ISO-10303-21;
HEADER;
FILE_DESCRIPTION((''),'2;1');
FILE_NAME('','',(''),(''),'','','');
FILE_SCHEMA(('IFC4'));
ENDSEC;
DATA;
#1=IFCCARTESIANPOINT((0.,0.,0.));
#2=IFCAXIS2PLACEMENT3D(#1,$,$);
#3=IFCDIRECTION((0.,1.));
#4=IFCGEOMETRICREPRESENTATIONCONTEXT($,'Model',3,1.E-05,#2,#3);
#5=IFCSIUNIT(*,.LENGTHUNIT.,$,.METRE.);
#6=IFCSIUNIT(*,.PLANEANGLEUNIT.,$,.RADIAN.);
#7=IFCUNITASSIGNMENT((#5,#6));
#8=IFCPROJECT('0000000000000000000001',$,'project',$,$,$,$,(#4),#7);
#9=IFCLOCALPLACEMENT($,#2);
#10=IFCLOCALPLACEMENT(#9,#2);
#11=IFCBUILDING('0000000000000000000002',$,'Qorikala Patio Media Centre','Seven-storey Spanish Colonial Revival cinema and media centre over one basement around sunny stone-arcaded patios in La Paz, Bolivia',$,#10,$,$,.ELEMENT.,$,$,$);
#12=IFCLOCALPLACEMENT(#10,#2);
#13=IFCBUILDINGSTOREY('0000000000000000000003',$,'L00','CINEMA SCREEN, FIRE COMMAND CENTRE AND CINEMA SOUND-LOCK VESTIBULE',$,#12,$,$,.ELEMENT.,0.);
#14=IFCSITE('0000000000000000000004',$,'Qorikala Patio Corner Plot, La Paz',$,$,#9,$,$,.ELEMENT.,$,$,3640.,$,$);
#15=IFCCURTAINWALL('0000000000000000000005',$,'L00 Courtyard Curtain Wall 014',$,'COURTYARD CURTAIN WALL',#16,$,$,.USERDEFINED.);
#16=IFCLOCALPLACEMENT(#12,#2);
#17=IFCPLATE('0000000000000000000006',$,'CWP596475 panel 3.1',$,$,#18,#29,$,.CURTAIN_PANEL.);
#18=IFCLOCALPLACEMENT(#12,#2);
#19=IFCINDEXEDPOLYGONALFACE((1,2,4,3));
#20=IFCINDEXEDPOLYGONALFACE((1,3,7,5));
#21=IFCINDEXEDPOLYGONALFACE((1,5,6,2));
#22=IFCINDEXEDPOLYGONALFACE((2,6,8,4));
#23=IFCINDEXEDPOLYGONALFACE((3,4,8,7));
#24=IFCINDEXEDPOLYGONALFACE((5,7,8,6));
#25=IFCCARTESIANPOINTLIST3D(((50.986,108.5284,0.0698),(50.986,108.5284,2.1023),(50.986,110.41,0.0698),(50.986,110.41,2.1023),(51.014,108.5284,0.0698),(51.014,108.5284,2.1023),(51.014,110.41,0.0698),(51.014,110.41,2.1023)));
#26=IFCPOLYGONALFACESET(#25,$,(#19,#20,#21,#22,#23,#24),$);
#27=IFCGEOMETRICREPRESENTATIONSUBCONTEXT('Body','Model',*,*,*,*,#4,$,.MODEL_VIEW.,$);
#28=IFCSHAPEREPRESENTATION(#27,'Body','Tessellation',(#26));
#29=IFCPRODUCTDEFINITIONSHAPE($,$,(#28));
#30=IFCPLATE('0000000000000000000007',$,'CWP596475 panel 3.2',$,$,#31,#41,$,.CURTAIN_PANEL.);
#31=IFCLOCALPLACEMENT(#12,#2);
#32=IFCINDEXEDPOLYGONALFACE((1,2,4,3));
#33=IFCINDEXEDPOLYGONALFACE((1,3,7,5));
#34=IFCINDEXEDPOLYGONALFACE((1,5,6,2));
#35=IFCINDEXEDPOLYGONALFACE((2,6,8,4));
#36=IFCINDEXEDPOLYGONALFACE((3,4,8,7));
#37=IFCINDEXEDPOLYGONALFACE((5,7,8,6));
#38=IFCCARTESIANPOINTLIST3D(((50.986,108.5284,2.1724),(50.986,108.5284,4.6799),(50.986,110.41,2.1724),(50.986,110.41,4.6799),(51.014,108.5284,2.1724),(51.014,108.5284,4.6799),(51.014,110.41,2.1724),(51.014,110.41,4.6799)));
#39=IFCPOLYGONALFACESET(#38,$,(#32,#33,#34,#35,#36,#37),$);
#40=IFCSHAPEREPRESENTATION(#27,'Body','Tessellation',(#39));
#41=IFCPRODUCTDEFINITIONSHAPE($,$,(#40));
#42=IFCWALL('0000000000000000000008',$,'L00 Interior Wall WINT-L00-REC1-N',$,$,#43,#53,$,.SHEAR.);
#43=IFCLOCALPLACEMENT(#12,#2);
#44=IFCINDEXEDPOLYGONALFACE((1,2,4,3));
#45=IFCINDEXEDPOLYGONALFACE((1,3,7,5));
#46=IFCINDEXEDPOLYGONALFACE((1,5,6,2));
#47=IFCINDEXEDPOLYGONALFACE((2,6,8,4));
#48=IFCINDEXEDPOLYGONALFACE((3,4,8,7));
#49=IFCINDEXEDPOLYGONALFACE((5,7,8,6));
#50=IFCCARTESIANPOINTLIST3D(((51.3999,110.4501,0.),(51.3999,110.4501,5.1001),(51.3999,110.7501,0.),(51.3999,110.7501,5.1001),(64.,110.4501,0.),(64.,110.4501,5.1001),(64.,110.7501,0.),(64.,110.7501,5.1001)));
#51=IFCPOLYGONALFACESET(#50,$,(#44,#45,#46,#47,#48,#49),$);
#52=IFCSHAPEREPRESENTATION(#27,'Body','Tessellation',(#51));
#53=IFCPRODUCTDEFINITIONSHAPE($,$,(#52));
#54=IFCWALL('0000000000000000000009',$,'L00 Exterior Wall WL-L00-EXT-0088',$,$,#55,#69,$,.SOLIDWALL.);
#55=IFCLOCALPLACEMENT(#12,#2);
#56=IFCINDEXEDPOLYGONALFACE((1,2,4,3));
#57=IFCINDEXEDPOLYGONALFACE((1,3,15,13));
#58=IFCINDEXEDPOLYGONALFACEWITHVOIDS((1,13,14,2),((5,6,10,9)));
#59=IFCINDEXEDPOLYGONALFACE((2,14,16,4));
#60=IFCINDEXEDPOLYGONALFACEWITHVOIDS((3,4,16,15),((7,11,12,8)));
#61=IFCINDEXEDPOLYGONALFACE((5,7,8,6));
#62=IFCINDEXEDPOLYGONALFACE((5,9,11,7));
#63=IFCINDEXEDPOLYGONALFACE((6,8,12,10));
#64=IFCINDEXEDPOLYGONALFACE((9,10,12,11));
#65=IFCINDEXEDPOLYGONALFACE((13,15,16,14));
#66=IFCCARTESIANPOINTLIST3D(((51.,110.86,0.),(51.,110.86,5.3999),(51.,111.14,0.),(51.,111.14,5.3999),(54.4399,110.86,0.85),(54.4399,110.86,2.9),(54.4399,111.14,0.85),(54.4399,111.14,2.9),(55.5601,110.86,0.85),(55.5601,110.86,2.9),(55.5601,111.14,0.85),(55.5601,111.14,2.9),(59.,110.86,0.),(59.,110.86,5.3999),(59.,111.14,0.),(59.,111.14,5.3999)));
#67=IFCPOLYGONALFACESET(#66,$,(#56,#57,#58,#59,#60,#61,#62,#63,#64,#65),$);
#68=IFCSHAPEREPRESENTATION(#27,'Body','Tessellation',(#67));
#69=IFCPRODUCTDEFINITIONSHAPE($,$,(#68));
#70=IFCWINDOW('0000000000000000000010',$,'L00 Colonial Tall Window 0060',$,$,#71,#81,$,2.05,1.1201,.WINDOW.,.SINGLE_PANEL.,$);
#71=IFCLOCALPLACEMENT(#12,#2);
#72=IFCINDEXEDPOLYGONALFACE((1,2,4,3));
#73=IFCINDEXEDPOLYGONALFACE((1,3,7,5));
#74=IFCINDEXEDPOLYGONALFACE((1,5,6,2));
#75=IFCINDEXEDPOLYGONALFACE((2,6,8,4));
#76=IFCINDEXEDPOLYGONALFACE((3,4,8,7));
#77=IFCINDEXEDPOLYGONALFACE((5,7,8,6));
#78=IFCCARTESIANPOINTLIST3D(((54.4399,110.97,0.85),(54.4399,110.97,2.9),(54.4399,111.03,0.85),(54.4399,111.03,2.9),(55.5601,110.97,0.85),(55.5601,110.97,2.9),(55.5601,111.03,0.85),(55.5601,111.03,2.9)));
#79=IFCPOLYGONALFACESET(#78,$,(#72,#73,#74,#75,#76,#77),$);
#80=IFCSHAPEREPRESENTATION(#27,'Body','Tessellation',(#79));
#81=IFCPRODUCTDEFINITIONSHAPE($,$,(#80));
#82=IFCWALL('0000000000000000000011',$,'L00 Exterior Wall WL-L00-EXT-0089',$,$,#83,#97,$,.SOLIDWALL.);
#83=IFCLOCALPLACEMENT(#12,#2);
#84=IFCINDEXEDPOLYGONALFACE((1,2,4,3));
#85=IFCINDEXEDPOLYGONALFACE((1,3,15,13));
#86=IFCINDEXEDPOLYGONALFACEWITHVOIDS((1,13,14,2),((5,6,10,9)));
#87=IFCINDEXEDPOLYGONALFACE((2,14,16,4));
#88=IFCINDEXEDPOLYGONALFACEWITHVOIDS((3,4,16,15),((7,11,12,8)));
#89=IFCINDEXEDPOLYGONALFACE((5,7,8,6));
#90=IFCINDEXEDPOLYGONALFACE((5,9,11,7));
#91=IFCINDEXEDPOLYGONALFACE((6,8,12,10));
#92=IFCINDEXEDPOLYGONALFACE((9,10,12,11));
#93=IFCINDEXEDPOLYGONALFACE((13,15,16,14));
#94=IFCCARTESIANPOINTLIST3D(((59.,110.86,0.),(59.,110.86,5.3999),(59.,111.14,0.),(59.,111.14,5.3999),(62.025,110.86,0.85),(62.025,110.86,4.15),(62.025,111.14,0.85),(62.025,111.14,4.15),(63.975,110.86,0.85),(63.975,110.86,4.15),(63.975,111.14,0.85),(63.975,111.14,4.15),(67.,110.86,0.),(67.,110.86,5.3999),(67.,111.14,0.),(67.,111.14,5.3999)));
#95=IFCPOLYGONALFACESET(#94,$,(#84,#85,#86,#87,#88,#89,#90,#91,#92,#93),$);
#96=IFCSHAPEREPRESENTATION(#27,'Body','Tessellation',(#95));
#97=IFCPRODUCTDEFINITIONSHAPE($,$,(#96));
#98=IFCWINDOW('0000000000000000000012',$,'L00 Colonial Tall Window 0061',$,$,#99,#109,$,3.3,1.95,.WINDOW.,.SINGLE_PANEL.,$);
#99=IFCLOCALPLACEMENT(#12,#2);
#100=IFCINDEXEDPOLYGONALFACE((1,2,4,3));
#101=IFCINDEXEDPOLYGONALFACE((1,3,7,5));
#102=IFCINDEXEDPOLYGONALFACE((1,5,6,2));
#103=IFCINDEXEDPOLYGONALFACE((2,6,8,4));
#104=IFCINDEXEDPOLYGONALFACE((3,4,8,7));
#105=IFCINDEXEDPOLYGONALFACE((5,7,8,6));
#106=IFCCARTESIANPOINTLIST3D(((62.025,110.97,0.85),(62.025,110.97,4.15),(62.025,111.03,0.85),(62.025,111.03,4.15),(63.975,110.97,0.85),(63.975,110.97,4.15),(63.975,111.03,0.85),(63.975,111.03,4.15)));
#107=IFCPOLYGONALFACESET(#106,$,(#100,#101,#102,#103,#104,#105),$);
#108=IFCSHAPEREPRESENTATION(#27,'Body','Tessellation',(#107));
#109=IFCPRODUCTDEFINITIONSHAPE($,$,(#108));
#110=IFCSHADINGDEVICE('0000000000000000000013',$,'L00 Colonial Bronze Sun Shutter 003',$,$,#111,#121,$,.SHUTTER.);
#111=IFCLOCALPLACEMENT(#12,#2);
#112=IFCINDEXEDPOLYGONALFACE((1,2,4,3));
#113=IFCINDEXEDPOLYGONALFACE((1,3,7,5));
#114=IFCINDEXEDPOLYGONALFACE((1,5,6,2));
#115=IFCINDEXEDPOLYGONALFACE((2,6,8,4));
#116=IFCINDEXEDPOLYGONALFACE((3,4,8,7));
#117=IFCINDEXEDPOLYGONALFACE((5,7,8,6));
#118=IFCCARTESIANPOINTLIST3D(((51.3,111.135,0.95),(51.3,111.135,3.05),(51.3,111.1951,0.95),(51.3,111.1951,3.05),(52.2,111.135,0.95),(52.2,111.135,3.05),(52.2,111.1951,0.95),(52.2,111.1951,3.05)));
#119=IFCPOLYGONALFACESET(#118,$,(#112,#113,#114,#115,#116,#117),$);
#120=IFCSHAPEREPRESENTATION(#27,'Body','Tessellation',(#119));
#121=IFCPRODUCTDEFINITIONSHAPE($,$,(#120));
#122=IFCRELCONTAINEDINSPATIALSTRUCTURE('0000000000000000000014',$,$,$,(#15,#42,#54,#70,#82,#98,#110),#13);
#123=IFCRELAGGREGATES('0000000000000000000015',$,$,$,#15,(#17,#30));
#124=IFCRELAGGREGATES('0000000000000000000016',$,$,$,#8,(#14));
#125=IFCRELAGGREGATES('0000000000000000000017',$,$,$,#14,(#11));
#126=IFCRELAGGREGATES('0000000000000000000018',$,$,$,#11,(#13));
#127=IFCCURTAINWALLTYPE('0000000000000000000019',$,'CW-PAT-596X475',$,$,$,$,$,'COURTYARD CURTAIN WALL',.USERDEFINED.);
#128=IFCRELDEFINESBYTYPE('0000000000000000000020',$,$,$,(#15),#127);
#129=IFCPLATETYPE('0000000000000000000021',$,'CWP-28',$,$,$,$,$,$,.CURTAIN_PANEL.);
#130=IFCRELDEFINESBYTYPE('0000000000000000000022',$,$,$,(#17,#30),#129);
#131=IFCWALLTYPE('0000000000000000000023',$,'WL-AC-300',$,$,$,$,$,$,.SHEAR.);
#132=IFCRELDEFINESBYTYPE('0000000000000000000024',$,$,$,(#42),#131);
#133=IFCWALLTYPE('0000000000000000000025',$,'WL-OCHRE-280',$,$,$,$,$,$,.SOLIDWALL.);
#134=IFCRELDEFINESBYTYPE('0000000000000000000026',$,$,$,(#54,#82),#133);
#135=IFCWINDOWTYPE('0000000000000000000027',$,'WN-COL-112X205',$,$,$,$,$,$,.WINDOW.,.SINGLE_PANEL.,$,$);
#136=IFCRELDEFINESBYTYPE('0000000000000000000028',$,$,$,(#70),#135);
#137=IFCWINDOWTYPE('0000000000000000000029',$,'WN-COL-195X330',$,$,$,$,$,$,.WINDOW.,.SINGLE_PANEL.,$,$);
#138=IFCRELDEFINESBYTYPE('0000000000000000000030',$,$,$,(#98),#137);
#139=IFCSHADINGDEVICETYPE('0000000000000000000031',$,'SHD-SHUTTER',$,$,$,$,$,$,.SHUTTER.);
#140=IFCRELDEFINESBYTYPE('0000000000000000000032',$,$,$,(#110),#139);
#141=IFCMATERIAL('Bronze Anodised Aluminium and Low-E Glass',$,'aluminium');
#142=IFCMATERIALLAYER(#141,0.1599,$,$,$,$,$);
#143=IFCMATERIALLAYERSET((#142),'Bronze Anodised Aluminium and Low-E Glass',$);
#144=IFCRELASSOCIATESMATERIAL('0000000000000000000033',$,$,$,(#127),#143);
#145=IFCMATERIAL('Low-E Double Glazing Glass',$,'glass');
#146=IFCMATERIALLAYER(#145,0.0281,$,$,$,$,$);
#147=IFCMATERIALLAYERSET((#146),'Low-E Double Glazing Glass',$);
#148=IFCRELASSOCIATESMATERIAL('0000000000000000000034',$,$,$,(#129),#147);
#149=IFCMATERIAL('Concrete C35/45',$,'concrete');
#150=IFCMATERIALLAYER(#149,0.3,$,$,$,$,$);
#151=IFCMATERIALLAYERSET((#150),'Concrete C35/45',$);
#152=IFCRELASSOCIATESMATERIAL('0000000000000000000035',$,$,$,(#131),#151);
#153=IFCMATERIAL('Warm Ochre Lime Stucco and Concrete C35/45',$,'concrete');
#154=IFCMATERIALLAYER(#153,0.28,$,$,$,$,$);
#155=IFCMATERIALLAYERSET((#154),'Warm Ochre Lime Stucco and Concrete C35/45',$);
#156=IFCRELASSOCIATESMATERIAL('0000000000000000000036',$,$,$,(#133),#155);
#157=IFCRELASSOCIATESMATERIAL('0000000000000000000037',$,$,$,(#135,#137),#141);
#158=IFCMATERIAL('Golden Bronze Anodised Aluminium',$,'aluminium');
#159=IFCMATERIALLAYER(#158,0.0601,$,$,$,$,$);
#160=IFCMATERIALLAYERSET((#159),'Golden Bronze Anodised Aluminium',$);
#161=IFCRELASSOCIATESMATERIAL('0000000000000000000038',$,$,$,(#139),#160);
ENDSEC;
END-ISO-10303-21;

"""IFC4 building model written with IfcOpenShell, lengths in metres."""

from ifc_helpers import new_model, si_unit, direction, frame, frame_2d, origin, origin_2d, place, context, subcontext, project, spatial, rectangle, extrude, material, layer, layer_set, type_object, element, fill, aggregate, save


model = new_model("IFC4")

# Units and contexts
model_context = context("Model", 3, precision=1e-05, world=origin(), true_north=direction((0.0, 1.0)))
body_context = subcontext(model_context, "Body", "Model", "MODEL_VIEW")
ifc_project = project(units=[si_unit("LENGTHUNIT", "METRE"), si_unit("PLANEANGLEUNIT", "RADIAN")], contexts=[model_context])

# Site, building, storey
site_placement = place(None, origin())
site = spatial("IfcSite", under=ifc_project, at=site_placement, Name="Qorikala Patio Corner Plot, La Paz", CompositionType="ELEMENT", RefElevation=3640.0)
building_placement = place(site_placement, origin())
building = spatial("IfcBuilding", under=site, at=building_placement, Name="Qorikala Patio Media Centre", Description="Seven-storey Spanish Colonial Revival cinema and media centre over one basement around sunny stone-arcaded patios in La Paz, Bolivia", CompositionType="ELEMENT")
storey_placement = place(building_placement, origin())
storey = spatial("IfcBuildingStorey", under=building, at=storey_placement, Name="L00", Description="CINEMA SCREEN, FIRE COMMAND CENTRE AND CINEMA SOUND-LOCK VESTIBULE", CompositionType="ELEMENT", Elevation=0.0)

# Shared definitions
ifc_material_1 = material(Name="Concrete C35/45", Category="concrete")

# Curtain wall
ifc_material_2 = material(Name="Bronze Anodised Aluminium and Low-E Glass", Category="aluminium")
ifc_layer_1 = layer(ifc_material_2, 0.1599)
ifc_layer_set_1 = layer_set([ifc_layer_1], Name="Bronze Anodised Aluminium and Low-E Glass")
curtain_wall_type = type_object("IfcCurtainWallType", Name="CW-PAT-596X475", ElementType="COURTYARD CURTAIN WALL", PredefinedType="USERDEFINED", material=ifc_layer_set_1)
curtain_wall_placement = place(storey_placement, origin())
curtain_wall = element("IfcCurtainWall", 1, at=curtain_wall_placement, inside=storey, type_object=curtain_wall_type, Name="L00 Courtyard Curtain Wall 014", ObjectType="COURTYARD CURTAIN WALL", PredefinedType="USERDEFINED")

# Plates
ifc_material_3 = material(Name="Low-E Double Glazing Glass", Category="glass")
ifc_layer_2 = layer(ifc_material_3, 0.0281)
ifc_layer_set_2 = layer_set([ifc_layer_2], Name="Low-E Double Glazing Glass")
plate_type = type_object("IfcPlateType", Name="CWP-28", PredefinedType="CURTAIN_PANEL", material=ifc_layer_set_2)
plate_1_placement = place(storey_placement, frame((51.0, 109.4692, 0.0698), z_axis=(0.0, 0.0, 1.0), x_axis=(0.0, 1.0, 0.0)))
plate_1 = element("IfcPlate", 2, at=plate_1_placement, type_object=plate_type, Name="CWP596475 panel 3.1", PredefinedType="CURTAIN_PANEL", context=body_context, shape_type="SweptSolid", body=[
    extrude(rectangle(XDim=1.8816, YDim=0.0281, at=origin_2d()), origin(), (0.0, 0.0, 1.0), 2.0325),
])
plate_2_placement = place(storey_placement, frame((51.0, 109.4692, 2.1724), z_axis=(0.0, 0.0, 1.0), x_axis=(0.0, 1.0, 0.0)))
plate_2 = element("IfcPlate", 3, at=plate_2_placement, type_object=plate_type, Name="CWP596475 panel 3.2", PredefinedType="CURTAIN_PANEL", context=body_context, shape_type="SweptSolid", body=[
    extrude(rectangle(XDim=1.8816, YDim=0.0281, at=origin_2d()), origin(), (0.0, 0.0, 1.0), 2.5076),
])
aggregate(curtain_wall, [plate_1, plate_2])

# Wall
ifc_layer_3 = layer(ifc_material_1, 0.3)
ifc_layer_set_3 = layer_set([ifc_layer_3], Name="Concrete C35/45")
wall_type_1 = type_object("IfcWallType", Name="WL-AC-300", PredefinedType="SHEAR", material=ifc_layer_set_3)
wall_1_placement = place(storey_placement, frame((51.3999, 110.6001, 0.0), z_axis=(0.0, 0.0, 1.0), x_axis=(1.0, 0.0, 0.0)))
element("IfcWall", 4, at=wall_1_placement, inside=storey, type_object=wall_type_1, Name="L00 Interior Wall WINT-L00-REC1-N", PredefinedType="SHEAR", context=body_context, shape_type="SweptSolid", body=[
    extrude(rectangle(XDim=12.6001, YDim=0.3, at=frame_2d((6.3, 0.0))), origin(), (0.0, 0.0, 1.0), 5.1001),
])

# Walls, openings, windows
ifc_material_4 = material(Name="Warm Ochre Lime Stucco and Concrete C35/45", Category="concrete")
ifc_layer_4 = layer(ifc_material_4, 0.28)
ifc_layer_set_4 = layer_set([ifc_layer_4], Name="Warm Ochre Lime Stucco and Concrete C35/45")
wall_type_2 = type_object("IfcWallType", Name="WL-OCHRE-280", PredefinedType="SOLIDWALL", material=ifc_layer_set_4)
wall_2_placement = place(storey_placement, frame((51.0, 111.0, 0.0), z_axis=(0.0, 0.0, 1.0), x_axis=(1.0, 0.0, 0.0)))
wall_2 = element("IfcWall", 5, at=wall_2_placement, inside=storey, type_object=wall_type_2, Name="L00 Exterior Wall WL-L00-EXT-0088", PredefinedType="SOLIDWALL", context=body_context, shape_type="SweptSolid", body=[
    extrude(rectangle(XDim=8.0, YDim=0.28, at=frame_2d((4.0, 0.0))), origin(), (0.0, 0.0, 1.0), 5.3999),
])
opening_1_placement = place(wall_2_placement, frame((3.4399, 0.0, 0.8501)))
opening_1 = element("IfcOpeningElement", 6, at=opening_1_placement, cuts=wall_2, PredefinedType="OPENING", context=body_context, shape_type="SweptSolid", body=[
    extrude(rectangle(XDim=1.1201, YDim=2.05, at=frame_2d((0.5601, 1.0249))), frame((0.0, 0.1499, 0.0), z_axis=(0.0, -1.0, 0.0), x_axis=(1.0, 0.0, 0.0)), (0.0, 0.0, 1.0), 0.3),
])
window_type_1 = type_object("IfcWindowType", Name="WN-COL-112X205", PartitioningType="SINGLE_PANEL", PredefinedType="WINDOW", material=ifc_material_2)
window_1_placement = place(opening_1_placement, origin())
window_1 = element("IfcWindow", 7, at=window_1_placement, inside=storey, type_object=window_type_1, Name="L00 Colonial Tall Window 0060", OverallHeight=2.05, OverallWidth=1.1201, PartitioningType="SINGLE_PANEL", PredefinedType="WINDOW", context=body_context, shape_type="SweptSolid", body=[
    extrude(rectangle(XDim=1.1201, YDim=2.05, at=frame_2d((0.5601, 1.0249))), frame((0.0, 0.03, 0.0), z_axis=(0.0, -1.0, 0.0), x_axis=(1.0, 0.0, 0.0)), (0.0, 0.0, 1.0), 0.0601),
])
fill(opening_1, window_1)
wall_3_placement = place(storey_placement, frame((59.0, 111.0, 0.0), z_axis=(0.0, 0.0, 1.0), x_axis=(1.0, 0.0, 0.0)))
wall_3 = element("IfcWall", 8, at=wall_3_placement, inside=storey, type_object=wall_type_2, Name="L00 Exterior Wall WL-L00-EXT-0089", PredefinedType="SOLIDWALL", context=body_context, shape_type="SweptSolid", body=[
    extrude(rectangle(XDim=8.0, YDim=0.28, at=frame_2d((4.0, 0.0))), origin(), (0.0, 0.0, 1.0), 5.3999),
])
opening_2_placement = place(wall_3_placement, frame((3.0249, 0.0, 0.8501)))
opening_2 = element("IfcOpeningElement", 9, at=opening_2_placement, cuts=wall_3, PredefinedType="OPENING", context=body_context, shape_type="SweptSolid", body=[
    extrude(rectangle(XDim=1.95, YDim=3.3, at=frame_2d((0.9751, 1.6499))), frame((0.0, 0.1499, 0.0), z_axis=(0.0, -1.0, 0.0), x_axis=(1.0, 0.0, 0.0)), (0.0, 0.0, 1.0), 0.3),
])
window_type_2 = type_object("IfcWindowType", Name="WN-COL-195X330", PartitioningType="SINGLE_PANEL", PredefinedType="WINDOW", material=ifc_material_2)
window_2_placement = place(opening_2_placement, origin())
window_2 = element("IfcWindow", 10, at=window_2_placement, inside=storey, type_object=window_type_2, Name="L00 Colonial Tall Window 0061", OverallHeight=3.3, OverallWidth=1.95, PartitioningType="SINGLE_PANEL", PredefinedType="WINDOW", context=body_context, shape_type="SweptSolid", body=[
    extrude(rectangle(XDim=1.95, YDim=3.3, at=frame_2d((0.9751, 1.6499))), frame((0.0, 0.03, 0.0), z_axis=(0.0, -1.0, 0.0), x_axis=(1.0, 0.0, 0.0)), (0.0, 0.0, 1.0), 0.0601),
])
fill(opening_2, window_2)

# Shading device
ifc_material_5 = material(Name="Golden Bronze Anodised Aluminium", Category="aluminium")
ifc_layer_5 = layer(ifc_material_5, 0.0601)
ifc_layer_set_5 = layer_set([ifc_layer_5], Name="Golden Bronze Anodised Aluminium")
shading_device_type = type_object("IfcShadingDeviceType", Name="SHD-SHUTTER", PredefinedType="SHUTTER", material=ifc_layer_set_5)
shading_device_placement = place(storey_placement, frame((51.75, 111.165, 0.95), z_axis=(0.0, 0.0, 1.0), x_axis=(1.0, 0.0, 0.0)))
element("IfcShadingDevice", 11, at=shading_device_placement, inside=storey, type_object=shading_device_type, Name="L00 Colonial Bronze Sun Shutter 003", PredefinedType="SHUTTER", context=body_context, shape_type="SweptSolid", body=[
    extrude(rectangle(XDim=0.8999, YDim=0.0601, at=origin_2d()), origin(), (0.0, 0.0, 1.0), 2.1001),
])

save(model, "model.ifc")
